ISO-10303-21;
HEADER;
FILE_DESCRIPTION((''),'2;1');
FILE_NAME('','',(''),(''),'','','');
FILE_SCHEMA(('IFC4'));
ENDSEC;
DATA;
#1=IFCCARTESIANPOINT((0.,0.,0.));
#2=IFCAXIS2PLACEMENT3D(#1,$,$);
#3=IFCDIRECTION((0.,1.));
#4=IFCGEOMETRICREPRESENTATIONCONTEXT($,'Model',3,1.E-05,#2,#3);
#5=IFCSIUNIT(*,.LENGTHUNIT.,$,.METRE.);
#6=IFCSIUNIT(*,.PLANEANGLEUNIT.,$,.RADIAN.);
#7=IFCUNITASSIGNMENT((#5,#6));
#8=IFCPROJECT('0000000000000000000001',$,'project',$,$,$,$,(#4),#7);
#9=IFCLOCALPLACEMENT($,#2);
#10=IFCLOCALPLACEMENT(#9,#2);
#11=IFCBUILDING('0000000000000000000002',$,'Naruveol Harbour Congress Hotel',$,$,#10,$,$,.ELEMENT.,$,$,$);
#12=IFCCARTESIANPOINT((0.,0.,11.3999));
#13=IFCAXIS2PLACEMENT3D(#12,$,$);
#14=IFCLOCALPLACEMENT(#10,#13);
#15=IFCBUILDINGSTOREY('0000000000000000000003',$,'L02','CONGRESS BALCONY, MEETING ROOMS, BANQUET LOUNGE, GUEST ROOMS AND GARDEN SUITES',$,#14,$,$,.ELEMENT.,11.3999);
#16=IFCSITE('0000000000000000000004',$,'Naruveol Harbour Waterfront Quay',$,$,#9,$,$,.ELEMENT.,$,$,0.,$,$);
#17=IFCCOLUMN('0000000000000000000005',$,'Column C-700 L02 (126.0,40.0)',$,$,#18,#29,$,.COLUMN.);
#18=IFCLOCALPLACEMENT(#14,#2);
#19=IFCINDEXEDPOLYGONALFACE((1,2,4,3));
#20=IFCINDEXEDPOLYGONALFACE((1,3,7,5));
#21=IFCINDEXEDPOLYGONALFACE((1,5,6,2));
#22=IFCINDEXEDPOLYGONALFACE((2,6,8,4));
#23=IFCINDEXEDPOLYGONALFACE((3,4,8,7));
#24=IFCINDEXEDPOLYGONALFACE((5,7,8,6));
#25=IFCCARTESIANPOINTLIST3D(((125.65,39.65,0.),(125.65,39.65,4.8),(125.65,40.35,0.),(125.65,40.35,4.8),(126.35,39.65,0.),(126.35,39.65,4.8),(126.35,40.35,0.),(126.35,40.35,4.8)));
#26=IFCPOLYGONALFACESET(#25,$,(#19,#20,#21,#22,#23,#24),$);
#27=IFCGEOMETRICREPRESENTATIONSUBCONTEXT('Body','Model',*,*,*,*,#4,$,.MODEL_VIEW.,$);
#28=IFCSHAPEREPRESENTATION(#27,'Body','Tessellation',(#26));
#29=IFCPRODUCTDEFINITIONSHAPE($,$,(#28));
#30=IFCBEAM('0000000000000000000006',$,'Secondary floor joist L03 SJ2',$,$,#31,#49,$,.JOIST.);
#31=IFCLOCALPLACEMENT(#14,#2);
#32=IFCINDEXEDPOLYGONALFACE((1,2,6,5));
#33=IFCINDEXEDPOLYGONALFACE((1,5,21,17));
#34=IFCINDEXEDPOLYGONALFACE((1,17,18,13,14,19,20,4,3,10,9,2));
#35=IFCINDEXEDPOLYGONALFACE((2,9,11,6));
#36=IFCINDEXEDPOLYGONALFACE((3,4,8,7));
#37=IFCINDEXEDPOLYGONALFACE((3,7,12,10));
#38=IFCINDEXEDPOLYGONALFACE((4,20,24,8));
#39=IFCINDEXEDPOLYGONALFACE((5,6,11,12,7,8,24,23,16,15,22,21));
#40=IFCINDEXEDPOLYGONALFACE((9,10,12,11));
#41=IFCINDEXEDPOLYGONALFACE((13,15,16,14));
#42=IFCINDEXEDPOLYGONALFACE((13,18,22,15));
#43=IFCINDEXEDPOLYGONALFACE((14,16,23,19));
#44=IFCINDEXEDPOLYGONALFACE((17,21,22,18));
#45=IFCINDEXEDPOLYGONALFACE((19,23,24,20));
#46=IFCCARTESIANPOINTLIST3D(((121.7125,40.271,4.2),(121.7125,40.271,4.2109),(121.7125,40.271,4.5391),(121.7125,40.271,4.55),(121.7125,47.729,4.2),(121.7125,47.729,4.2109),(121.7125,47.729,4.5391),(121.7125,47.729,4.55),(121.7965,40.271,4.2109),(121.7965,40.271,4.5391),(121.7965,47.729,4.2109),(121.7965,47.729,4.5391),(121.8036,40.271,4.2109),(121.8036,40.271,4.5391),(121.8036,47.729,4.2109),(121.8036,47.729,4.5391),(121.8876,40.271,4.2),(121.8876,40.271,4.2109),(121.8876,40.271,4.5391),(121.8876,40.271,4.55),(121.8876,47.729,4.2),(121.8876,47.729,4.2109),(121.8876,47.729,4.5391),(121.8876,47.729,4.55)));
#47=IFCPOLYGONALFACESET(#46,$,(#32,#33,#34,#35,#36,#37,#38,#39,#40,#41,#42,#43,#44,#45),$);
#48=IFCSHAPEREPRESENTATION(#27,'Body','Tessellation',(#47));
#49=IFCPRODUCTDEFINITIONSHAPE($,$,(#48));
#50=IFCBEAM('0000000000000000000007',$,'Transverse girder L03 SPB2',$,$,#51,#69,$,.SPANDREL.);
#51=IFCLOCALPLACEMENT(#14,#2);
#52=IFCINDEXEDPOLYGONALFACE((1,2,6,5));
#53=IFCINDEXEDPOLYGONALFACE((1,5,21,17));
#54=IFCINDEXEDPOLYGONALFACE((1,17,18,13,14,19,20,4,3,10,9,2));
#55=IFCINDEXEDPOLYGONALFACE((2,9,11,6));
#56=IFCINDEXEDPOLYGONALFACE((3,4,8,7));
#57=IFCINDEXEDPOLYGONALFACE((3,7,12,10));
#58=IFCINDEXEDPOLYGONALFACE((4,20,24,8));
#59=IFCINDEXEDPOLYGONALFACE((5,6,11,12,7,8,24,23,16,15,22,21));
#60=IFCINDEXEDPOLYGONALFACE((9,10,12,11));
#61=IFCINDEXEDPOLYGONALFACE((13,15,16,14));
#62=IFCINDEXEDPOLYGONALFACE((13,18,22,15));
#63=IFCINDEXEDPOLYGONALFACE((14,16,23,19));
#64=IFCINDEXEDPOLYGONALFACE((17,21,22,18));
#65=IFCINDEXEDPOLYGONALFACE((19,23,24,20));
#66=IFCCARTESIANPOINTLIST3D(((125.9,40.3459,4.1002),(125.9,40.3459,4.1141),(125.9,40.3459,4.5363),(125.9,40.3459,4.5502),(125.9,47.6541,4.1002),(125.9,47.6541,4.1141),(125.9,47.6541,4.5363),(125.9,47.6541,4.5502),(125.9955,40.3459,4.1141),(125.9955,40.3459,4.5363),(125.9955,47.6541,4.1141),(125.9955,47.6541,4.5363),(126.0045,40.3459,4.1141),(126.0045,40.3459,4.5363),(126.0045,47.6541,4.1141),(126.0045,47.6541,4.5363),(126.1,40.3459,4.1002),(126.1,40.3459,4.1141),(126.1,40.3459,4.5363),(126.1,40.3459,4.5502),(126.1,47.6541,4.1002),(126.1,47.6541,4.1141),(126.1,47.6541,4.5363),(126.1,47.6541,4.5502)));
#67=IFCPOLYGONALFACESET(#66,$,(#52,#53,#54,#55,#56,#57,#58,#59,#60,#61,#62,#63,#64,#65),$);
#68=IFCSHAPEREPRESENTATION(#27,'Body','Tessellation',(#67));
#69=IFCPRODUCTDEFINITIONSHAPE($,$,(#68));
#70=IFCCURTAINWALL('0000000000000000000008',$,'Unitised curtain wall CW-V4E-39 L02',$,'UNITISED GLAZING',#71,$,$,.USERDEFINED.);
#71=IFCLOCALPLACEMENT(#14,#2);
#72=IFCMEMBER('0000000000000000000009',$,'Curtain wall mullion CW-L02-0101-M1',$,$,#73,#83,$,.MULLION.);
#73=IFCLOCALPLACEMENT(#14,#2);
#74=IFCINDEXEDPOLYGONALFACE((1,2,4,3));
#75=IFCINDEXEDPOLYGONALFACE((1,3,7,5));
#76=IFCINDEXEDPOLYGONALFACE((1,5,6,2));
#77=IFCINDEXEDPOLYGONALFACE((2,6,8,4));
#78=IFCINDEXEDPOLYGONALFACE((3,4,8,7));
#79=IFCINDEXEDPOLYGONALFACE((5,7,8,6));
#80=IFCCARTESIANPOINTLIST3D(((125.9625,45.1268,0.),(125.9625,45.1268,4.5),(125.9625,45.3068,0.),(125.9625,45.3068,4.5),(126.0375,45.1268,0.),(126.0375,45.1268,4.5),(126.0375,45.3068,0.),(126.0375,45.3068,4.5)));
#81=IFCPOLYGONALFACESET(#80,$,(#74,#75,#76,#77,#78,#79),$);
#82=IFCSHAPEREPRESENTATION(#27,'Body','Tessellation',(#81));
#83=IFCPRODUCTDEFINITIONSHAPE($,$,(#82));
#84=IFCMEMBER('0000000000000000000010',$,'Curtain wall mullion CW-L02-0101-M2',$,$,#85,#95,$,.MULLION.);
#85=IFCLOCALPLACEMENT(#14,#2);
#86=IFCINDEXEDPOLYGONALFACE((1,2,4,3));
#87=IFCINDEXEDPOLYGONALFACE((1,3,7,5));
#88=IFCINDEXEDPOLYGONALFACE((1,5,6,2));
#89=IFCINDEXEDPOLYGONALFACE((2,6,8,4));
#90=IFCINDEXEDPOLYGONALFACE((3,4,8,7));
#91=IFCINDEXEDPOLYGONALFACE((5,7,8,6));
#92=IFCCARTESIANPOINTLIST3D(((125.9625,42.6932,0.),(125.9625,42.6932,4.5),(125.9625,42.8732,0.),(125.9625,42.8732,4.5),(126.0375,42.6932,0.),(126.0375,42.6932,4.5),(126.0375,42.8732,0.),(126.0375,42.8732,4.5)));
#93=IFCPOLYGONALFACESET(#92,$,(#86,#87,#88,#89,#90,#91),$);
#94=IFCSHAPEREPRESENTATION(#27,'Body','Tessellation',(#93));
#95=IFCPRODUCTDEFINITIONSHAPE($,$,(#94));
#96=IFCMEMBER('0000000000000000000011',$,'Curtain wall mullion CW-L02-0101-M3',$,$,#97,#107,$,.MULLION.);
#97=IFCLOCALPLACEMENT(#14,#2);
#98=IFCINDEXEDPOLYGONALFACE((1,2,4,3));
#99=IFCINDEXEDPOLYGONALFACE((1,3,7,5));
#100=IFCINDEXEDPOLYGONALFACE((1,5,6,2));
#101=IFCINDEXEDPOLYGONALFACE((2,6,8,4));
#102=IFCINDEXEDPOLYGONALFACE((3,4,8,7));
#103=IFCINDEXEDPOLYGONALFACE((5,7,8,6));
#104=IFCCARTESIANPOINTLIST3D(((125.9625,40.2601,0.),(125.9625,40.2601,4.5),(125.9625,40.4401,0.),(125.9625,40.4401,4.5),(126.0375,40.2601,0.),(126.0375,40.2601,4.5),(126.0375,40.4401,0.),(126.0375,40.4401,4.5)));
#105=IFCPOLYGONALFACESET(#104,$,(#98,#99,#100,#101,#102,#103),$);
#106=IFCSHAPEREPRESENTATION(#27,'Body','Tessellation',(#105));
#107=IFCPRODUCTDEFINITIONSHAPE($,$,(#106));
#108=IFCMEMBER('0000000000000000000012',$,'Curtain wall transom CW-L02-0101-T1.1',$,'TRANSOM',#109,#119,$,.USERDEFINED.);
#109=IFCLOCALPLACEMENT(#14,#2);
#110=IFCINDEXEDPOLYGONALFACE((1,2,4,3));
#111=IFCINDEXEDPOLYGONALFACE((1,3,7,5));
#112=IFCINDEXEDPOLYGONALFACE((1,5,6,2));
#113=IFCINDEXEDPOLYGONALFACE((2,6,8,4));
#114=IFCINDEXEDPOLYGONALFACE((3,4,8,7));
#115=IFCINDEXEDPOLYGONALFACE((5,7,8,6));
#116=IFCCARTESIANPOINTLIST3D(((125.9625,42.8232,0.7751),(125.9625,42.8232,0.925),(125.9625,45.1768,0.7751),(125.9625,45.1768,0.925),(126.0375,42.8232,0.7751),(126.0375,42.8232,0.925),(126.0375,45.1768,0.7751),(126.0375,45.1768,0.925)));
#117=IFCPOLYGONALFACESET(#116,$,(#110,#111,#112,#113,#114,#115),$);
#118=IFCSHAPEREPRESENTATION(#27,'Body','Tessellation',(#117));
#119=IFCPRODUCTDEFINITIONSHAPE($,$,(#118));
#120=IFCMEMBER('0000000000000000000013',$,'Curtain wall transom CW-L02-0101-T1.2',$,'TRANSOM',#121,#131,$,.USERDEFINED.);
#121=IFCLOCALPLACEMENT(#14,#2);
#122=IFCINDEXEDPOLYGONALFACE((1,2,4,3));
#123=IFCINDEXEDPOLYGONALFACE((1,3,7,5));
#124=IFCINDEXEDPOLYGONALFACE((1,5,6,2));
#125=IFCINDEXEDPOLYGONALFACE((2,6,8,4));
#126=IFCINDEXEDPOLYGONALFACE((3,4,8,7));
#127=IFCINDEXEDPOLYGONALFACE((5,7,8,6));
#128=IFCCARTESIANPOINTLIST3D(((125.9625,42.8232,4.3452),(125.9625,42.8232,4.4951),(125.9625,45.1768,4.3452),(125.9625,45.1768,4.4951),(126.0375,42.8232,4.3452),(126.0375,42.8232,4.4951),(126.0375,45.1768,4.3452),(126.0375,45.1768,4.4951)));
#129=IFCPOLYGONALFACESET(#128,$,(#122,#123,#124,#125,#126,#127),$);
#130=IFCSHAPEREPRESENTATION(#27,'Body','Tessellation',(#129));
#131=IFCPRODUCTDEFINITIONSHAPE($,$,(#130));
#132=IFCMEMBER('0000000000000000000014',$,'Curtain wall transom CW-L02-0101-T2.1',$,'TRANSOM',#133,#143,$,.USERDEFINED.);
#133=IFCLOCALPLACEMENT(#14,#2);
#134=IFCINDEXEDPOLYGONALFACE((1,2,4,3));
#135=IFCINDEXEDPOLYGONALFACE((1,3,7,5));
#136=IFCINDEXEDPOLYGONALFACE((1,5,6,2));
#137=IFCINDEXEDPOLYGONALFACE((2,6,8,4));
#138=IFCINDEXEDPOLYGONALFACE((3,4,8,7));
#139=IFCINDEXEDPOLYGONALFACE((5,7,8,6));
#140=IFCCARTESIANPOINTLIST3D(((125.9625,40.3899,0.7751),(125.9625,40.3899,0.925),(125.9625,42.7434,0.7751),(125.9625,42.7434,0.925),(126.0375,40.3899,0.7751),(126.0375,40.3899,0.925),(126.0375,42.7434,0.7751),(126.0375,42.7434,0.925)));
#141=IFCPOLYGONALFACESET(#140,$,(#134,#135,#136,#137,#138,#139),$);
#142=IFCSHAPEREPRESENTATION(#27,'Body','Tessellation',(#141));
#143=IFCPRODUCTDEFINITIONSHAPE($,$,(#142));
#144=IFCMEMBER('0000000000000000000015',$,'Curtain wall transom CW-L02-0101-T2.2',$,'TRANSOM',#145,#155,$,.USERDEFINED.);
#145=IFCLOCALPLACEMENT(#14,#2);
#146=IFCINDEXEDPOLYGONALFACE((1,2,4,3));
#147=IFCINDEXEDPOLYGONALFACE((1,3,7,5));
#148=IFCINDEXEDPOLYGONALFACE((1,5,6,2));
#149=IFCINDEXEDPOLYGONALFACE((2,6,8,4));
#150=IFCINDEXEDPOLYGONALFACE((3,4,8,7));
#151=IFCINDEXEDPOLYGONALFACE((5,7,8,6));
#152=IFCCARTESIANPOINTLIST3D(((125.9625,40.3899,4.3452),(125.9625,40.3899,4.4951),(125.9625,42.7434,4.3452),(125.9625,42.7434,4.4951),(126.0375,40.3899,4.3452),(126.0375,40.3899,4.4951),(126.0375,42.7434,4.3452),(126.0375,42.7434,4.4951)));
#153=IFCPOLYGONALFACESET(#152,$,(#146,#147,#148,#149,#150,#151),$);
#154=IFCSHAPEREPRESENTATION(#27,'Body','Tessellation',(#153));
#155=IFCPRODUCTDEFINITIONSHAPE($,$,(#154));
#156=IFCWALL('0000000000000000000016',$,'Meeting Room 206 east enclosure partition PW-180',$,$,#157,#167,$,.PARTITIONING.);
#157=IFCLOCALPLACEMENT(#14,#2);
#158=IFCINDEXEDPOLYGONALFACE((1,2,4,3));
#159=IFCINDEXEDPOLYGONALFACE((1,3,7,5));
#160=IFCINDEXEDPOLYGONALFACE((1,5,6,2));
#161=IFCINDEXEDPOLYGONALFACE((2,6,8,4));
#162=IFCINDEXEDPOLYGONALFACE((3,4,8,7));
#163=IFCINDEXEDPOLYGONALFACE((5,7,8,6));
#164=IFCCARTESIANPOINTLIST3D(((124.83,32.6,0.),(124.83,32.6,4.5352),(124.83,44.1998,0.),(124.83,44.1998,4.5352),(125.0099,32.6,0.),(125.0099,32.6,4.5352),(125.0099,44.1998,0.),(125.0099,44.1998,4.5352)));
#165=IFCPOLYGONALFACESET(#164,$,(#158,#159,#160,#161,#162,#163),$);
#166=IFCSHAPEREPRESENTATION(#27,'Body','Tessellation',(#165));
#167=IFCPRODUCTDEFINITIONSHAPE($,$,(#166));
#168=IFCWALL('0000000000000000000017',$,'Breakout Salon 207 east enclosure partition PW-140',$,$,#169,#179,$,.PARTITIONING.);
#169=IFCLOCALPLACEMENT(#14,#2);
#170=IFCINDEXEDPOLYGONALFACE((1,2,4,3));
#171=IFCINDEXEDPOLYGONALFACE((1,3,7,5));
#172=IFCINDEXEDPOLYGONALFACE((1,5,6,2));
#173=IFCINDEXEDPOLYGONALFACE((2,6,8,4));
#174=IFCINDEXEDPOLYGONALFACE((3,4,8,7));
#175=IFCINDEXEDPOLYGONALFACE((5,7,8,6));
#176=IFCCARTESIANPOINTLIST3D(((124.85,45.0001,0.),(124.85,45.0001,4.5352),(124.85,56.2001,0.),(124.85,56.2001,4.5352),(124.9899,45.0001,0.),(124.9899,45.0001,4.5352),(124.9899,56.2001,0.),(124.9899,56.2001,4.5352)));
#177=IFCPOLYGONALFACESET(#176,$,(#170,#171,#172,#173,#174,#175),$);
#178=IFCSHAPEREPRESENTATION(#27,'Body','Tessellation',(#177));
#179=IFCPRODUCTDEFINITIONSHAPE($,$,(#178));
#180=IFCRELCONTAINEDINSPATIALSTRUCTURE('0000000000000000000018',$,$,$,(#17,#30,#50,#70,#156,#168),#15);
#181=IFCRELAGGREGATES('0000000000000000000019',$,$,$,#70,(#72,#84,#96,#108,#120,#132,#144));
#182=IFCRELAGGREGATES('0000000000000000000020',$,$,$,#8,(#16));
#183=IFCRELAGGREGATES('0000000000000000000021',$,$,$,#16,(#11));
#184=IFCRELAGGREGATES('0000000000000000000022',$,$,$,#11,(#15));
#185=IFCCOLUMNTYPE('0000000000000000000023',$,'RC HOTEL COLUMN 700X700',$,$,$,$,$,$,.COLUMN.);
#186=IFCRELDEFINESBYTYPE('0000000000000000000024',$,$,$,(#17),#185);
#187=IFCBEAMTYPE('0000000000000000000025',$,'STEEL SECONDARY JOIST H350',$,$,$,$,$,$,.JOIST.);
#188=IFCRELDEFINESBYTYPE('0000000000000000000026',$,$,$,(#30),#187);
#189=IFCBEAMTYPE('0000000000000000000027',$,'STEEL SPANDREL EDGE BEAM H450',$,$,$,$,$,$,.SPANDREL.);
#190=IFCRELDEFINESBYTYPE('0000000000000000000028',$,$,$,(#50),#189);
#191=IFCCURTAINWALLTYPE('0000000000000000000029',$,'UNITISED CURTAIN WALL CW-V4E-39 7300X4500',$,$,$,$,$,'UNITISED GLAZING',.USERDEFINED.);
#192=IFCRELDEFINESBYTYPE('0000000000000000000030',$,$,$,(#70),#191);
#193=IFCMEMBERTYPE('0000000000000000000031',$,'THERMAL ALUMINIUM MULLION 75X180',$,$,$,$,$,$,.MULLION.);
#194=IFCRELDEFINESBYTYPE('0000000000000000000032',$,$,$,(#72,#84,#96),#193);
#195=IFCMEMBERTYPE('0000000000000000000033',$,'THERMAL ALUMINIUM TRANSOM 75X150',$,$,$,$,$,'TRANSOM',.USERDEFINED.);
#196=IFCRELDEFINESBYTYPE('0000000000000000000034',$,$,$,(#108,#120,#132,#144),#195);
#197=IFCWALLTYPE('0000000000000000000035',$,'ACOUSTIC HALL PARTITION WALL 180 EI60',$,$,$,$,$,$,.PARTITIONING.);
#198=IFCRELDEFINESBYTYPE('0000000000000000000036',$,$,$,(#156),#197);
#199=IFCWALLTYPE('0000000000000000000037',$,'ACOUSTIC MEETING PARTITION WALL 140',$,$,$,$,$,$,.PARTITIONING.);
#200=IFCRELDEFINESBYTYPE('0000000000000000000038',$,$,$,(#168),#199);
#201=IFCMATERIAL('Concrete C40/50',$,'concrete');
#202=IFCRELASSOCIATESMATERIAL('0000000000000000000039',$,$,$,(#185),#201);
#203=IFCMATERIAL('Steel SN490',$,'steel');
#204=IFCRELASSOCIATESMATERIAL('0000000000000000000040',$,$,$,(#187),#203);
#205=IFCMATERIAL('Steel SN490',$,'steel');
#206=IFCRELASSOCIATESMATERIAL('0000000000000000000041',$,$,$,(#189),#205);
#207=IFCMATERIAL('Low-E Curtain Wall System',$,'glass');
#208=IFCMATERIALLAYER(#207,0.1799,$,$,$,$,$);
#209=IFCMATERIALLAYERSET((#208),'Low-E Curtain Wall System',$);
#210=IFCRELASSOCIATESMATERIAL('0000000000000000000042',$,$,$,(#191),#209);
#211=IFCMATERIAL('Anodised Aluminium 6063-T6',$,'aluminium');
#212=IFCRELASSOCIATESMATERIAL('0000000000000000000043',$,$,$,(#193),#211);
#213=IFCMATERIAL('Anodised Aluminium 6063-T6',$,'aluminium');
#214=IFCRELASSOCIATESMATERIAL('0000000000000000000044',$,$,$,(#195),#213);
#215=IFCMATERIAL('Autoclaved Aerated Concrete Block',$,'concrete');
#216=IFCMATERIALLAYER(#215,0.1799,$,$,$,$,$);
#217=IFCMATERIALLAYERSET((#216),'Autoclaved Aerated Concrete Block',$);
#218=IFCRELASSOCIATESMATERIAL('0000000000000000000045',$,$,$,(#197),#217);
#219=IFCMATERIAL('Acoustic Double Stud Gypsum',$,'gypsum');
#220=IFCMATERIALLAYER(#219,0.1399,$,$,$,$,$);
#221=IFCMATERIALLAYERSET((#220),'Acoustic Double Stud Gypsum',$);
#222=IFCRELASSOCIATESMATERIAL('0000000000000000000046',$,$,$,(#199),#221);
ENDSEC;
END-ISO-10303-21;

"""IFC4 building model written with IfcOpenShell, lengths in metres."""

from ifc_helpers import new_model, si_unit, direction, frame, frame_2d, origin, origin_2d, place, context, subcontext, project, spatial, rectangle, i_section, extrude, material, layer, layer_set, material_profile, profile_set, type_object, element, aggregate, save


model = new_model("IFC4")

# Units and contexts
model_context = context("Model", 3, precision=1e-05, world=origin(), true_north=direction((0.0, 1.0)))
body_context = subcontext(model_context, "Body", "Model", "MODEL_VIEW")
ifc_project = project(units=[si_unit("LENGTHUNIT", "METRE"), si_unit("PLANEANGLEUNIT", "RADIAN")], contexts=[model_context])

# Site, building, storey
site_placement = place(None, origin())
site = spatial("IfcSite", under=ifc_project, at=site_placement, Name="Naruveol Harbour Waterfront Quay", CompositionType="ELEMENT", RefElevation=0.0)
building_placement = place(site_placement, origin())
building = spatial("IfcBuilding", under=site, at=building_placement, Name="Naruveol Harbour Congress Hotel", CompositionType="ELEMENT")
storey_placement = place(building_placement, frame((0.0, 0.0, 11.3999)))
storey = spatial("IfcBuildingStorey", under=building, at=storey_placement, Name="L02", Description="CONGRESS BALCONY, MEETING ROOMS, BANQUET LOUNGE, GUEST ROOMS AND GARDEN SUITES", CompositionType="ELEMENT", Elevation=11.3999)

# Column
ifc_material_1 = material(Name="Concrete C40/50", Category="concrete")
ifc_material_profile_1 = material_profile(ifc_material_1, rectangle(XDim=0.7, YDim=0.7, at=origin_2d()), Name="RC-700x700")
ifc_profile_set_1 = profile_set([ifc_material_profile_1], Name="Concrete C40/50")
column_type = type_object("IfcColumnType", Name="RC HOTEL COLUMN 700X700", PredefinedType="COLUMN", material=ifc_profile_set_1)
column_placement = place(storey_placement, frame((126.0, 40.0, 0.0), z_axis=(0.0, 0.0, 1.0), x_axis=(1.0, 0.0, 0.0)))
element("IfcColumn", 1, at=column_placement, inside=storey, type_object=column_type, Name="Column C-700 L02 (126.0,40.0)", PredefinedType="COLUMN", context=body_context, shape_type="SweptSolid", body=[
    extrude(rectangle(XDim=0.7, YDim=0.7, at=origin_2d()), origin(), (0.0, 0.0, 1.0), 4.8),
])

# Beams
ifc_material_2 = material(Name="Steel SN490", Category="steel")
ifc_material_profile_2 = material_profile(ifc_material_2, i_section(OverallWidth=0.175, OverallDepth=0.3501, WebThickness=0.0071, FlangeThickness=0.011, at=origin_2d()), Name="H-350x175x7x11")
ifc_profile_set_2 = profile_set([ifc_material_profile_2], Name="Steel SN490")
beam_type_1 = type_object("IfcBeamType", Name="STEEL SECONDARY JOIST H350", PredefinedType="JOIST", material=ifc_profile_set_2)
beam_1_placement = place(storey_placement, frame((121.8, 40.271, 4.375), z_axis=(0.0, 1.0, 0.0), x_axis=(-1.0, 0.0, 0.0)))
element("IfcBeam", 2, at=beam_1_placement, inside=storey, type_object=beam_type_1, Name="Secondary floor joist L03 SJ2", PredefinedType="JOIST", context=body_context, shape_type="SweptSolid", body=[
    extrude(i_section(OverallWidth=0.175, OverallDepth=0.3501, WebThickness=0.0071, FlangeThickness=0.011, at=origin_2d()), origin(), (0.0, 0.0, 1.0), 7.458),
])
ifc_material_3 = material(Name="Steel SN490", Category="steel")
ifc_material_profile_3 = material_profile(ifc_material_3, i_section(OverallWidth=0.2, OverallDepth=0.45, WebThickness=0.009, FlangeThickness=0.0139, at=origin_2d()), Name="H-450x200x9x14")
ifc_profile_set_3 = profile_set([ifc_material_profile_3], Name="Steel SN490")
beam_type_2 = type_object("IfcBeamType", Name="STEEL SPANDREL EDGE BEAM H450", PredefinedType="SPANDREL", material=ifc_profile_set_3)
beam_2_placement = place(storey_placement, frame((126.0, 40.3459, 4.3252), z_axis=(0.0, 1.0, 0.0), x_axis=(-1.0, 0.0, 0.0)))
element("IfcBeam", 3, at=beam_2_placement, inside=storey, type_object=beam_type_2, Name="Transverse girder L03 SPB2", PredefinedType="SPANDREL", context=body_context, shape_type="SweptSolid", body=[
    extrude(i_section(OverallWidth=0.2, OverallDepth=0.45, WebThickness=0.009, FlangeThickness=0.0139, at=origin_2d()), origin(), (0.0, 0.0, 1.0), 7.3081),
])

# Curtain wall, members
ifc_material_4 = material(Name="Low-E Curtain Wall System", Category="glass")
ifc_layer_1 = layer(ifc_material_4, 0.1799)
ifc_layer_set_1 = layer_set([ifc_layer_1], Name="Low-E Curtain Wall System")
curtain_wall_type = type_object("IfcCurtainWallType", Name="UNITISED CURTAIN WALL CW-V4E-39 7300X4500", ElementType="UNITISED GLAZING", PredefinedType="USERDEFINED", material=ifc_layer_set_1)
curtain_wall_placement = place(storey_placement, origin())
curtain_wall = element("IfcCurtainWall", 4, at=curtain_wall_placement, inside=storey, type_object=curtain_wall_type, Name="Unitised curtain wall CW-V4E-39 L02", ObjectType="UNITISED GLAZING", PredefinedType="USERDEFINED")
ifc_material_5 = material(Name="Anodised Aluminium 6063-T6", Category="aluminium")
ifc_material_profile_4 = material_profile(ifc_material_5, rectangle(XDim=0.075, YDim=0.1799, at=origin_2d()), Name="ALU-75x180")
ifc_profile_set_4 = profile_set([ifc_material_profile_4], Name="Anodised Aluminium 6063-T6")
member_type_1 = type_object("IfcMemberType", Name="THERMAL ALUMINIUM MULLION 75X180", PredefinedType="MULLION", material=ifc_profile_set_4)
member_1_placement = place(storey_placement, frame((126.0, 45.2168, 0.0), z_axis=(0.0, 0.0, 1.0), x_axis=(1.0, 0.0, 0.0)))
member_1 = element("IfcMember", 5, at=member_1_placement, type_object=member_type_1, Name="Curtain wall mullion CW-L02-0101-M1", PredefinedType="MULLION", context=body_context, shape_type="SweptSolid", body=[
    extrude(rectangle(XDim=0.075, YDim=0.1799, at=origin_2d()), origin(), (0.0, 0.0, 1.0), 4.5),
])
member_2_placement = place(storey_placement, frame((126.0, 42.7832, 0.0), z_axis=(0.0, 0.0, 1.0), x_axis=(1.0, 0.0, 0.0)))
member_2 = element("IfcMember", 6, at=member_2_placement, type_object=member_type_1, Name="Curtain wall mullion CW-L02-0101-M2", PredefinedType="MULLION", context=body_context, shape_type="SweptSolid", body=[
    extrude(rectangle(XDim=0.075, YDim=0.1799, at=origin_2d()), origin(), (0.0, 0.0, 1.0), 4.5),
])
member_3_placement = place(storey_placement, frame((126.0, 40.3501, 0.0), z_axis=(0.0, 0.0, 1.0), x_axis=(1.0, 0.0, 0.0)))
member_3 = element("IfcMember", 7, at=member_3_placement, type_object=member_type_1, Name="Curtain wall mullion CW-L02-0101-M3", PredefinedType="MULLION", context=body_context, shape_type="SweptSolid", body=[
    extrude(rectangle(XDim=0.075, YDim=0.1799, at=origin_2d()), origin(), (0.0, 0.0, 1.0), 4.5),
])
ifc_material_6 = material(Name="Anodised Aluminium 6063-T6", Category="aluminium")
ifc_material_profile_5 = material_profile(ifc_material_6, rectangle(XDim=0.075, YDim=0.1499, at=origin_2d()), Name="ALU-75x150")
ifc_profile_set_5 = profile_set([ifc_material_profile_5], Name="Anodised Aluminium 6063-T6")
member_type_2 = type_object("IfcMemberType", Name="THERMAL ALUMINIUM TRANSOM 75X150", ElementType="TRANSOM", PredefinedType="USERDEFINED", material=ifc_profile_set_5)
member_4_placement = place(storey_placement, frame((126.0, 45.1768, 0.8501), z_axis=(0.0, -1.0, 0.0), x_axis=(1.0, 0.0, 0.0)))
member_4 = element("IfcMember", 8, at=member_4_placement, type_object=member_type_2, Name="Curtain wall transom CW-L02-0101-T1.1", ObjectType="TRANSOM", PredefinedType="USERDEFINED", context=body_context, shape_type="SweptSolid", body=[
    extrude(rectangle(XDim=0.075, YDim=0.1499, at=origin_2d()), origin(), (0.0, 0.0, 1.0), 2.3535),
])
member_5_placement = place(storey_placement, frame((126.0, 45.1768, 4.4202), z_axis=(0.0, -1.0, 0.0), x_axis=(1.0, 0.0, 0.0)))
member_5 = element("IfcMember", 9, at=member_5_placement, type_object=member_type_2, Name="Curtain wall transom CW-L02-0101-T1.2", ObjectType="TRANSOM", PredefinedType="USERDEFINED", context=body_context, shape_type="SweptSolid", body=[
    extrude(rectangle(XDim=0.075, YDim=0.1499, at=origin_2d()), origin(), (0.0, 0.0, 1.0), 2.3535),
])
member_6_placement = place(storey_placement, frame((126.0, 42.7434, 0.8501), z_axis=(0.0, -1.0, 0.0), x_axis=(1.0, 0.0, 0.0)))
member_6 = element("IfcMember", 10, at=member_6_placement, type_object=member_type_2, Name="Curtain wall transom CW-L02-0101-T2.1", ObjectType="TRANSOM", PredefinedType="USERDEFINED", context=body_context, shape_type="SweptSolid", body=[
    extrude(rectangle(XDim=0.075, YDim=0.1499, at=origin_2d()), origin(), (0.0, 0.0, 1.0), 2.3535),
])
member_7_placement = place(storey_placement, frame((126.0, 42.7434, 4.4202), z_axis=(0.0, -1.0, 0.0), x_axis=(1.0, 0.0, 0.0)))
member_7 = element("IfcMember", 11, at=member_7_placement, type_object=member_type_2, Name="Curtain wall transom CW-L02-0101-T2.2", ObjectType="TRANSOM", PredefinedType="USERDEFINED", context=body_context, shape_type="SweptSolid", body=[
    extrude(rectangle(XDim=0.075, YDim=0.1499, at=origin_2d()), origin(), (0.0, 0.0, 1.0), 2.3535),
])
aggregate(curtain_wall, [member_1, member_2, member_3, member_4, member_5, member_6, member_7])

# Walls
ifc_material_7 = material(Name="Autoclaved Aerated Concrete Block", Category="concrete")
ifc_layer_2 = layer(ifc_material_7, 0.1799)
ifc_layer_set_2 = layer_set([ifc_layer_2], Name="Autoclaved Aerated Concrete Block")
wall_type_1 = type_object("IfcWallType", Name="ACOUSTIC HALL PARTITION WALL 180 EI60", PredefinedType="PARTITIONING", material=ifc_layer_set_2)
wall_1_placement = place(storey_placement, frame((124.9199, 32.6001, 0.0), z_axis=(0.0, 0.0, 1.0), x_axis=(0.0, 1.0, 0.0)))
element("IfcWall", 12, at=wall_1_placement, inside=storey, type_object=wall_type_1, Name="Meeting Room 206 east enclosure partition PW-180", PredefinedType="PARTITIONING", context=body_context, shape_type="SweptSolid", body=[
    extrude(rectangle(XDim=11.5999, YDim=0.1799, at=frame_2d((5.7998, 0.0))), origin(), (0.0, 0.0, 1.0), 4.5352),
])
ifc_material_8 = material(Name="Acoustic Double Stud Gypsum", Category="gypsum")
ifc_layer_3 = layer(ifc_material_8, 0.1399)
ifc_layer_set_3 = layer_set([ifc_layer_3], Name="Acoustic Double Stud Gypsum")
wall_type_2 = type_object("IfcWallType", Name="ACOUSTIC MEETING PARTITION WALL 140", PredefinedType="PARTITIONING", material=ifc_layer_set_3)
wall_2_placement = place(storey_placement, frame((124.9199, 45.0, 0.0), z_axis=(0.0, 0.0, 1.0), x_axis=(0.0, 1.0, 0.0)))
element("IfcWall", 13, at=wall_2_placement, inside=storey, type_object=wall_type_2, Name="Breakout Salon 207 east enclosure partition PW-140", PredefinedType="PARTITIONING", context=body_context, shape_type="SweptSolid", body=[
    extrude(rectangle(XDim=11.2, YDim=0.1399, at=frame_2d((5.6001, 0.0))), origin(), (0.0, 0.0, 1.0), 4.5352),
])

save(model, "model.ifc")
